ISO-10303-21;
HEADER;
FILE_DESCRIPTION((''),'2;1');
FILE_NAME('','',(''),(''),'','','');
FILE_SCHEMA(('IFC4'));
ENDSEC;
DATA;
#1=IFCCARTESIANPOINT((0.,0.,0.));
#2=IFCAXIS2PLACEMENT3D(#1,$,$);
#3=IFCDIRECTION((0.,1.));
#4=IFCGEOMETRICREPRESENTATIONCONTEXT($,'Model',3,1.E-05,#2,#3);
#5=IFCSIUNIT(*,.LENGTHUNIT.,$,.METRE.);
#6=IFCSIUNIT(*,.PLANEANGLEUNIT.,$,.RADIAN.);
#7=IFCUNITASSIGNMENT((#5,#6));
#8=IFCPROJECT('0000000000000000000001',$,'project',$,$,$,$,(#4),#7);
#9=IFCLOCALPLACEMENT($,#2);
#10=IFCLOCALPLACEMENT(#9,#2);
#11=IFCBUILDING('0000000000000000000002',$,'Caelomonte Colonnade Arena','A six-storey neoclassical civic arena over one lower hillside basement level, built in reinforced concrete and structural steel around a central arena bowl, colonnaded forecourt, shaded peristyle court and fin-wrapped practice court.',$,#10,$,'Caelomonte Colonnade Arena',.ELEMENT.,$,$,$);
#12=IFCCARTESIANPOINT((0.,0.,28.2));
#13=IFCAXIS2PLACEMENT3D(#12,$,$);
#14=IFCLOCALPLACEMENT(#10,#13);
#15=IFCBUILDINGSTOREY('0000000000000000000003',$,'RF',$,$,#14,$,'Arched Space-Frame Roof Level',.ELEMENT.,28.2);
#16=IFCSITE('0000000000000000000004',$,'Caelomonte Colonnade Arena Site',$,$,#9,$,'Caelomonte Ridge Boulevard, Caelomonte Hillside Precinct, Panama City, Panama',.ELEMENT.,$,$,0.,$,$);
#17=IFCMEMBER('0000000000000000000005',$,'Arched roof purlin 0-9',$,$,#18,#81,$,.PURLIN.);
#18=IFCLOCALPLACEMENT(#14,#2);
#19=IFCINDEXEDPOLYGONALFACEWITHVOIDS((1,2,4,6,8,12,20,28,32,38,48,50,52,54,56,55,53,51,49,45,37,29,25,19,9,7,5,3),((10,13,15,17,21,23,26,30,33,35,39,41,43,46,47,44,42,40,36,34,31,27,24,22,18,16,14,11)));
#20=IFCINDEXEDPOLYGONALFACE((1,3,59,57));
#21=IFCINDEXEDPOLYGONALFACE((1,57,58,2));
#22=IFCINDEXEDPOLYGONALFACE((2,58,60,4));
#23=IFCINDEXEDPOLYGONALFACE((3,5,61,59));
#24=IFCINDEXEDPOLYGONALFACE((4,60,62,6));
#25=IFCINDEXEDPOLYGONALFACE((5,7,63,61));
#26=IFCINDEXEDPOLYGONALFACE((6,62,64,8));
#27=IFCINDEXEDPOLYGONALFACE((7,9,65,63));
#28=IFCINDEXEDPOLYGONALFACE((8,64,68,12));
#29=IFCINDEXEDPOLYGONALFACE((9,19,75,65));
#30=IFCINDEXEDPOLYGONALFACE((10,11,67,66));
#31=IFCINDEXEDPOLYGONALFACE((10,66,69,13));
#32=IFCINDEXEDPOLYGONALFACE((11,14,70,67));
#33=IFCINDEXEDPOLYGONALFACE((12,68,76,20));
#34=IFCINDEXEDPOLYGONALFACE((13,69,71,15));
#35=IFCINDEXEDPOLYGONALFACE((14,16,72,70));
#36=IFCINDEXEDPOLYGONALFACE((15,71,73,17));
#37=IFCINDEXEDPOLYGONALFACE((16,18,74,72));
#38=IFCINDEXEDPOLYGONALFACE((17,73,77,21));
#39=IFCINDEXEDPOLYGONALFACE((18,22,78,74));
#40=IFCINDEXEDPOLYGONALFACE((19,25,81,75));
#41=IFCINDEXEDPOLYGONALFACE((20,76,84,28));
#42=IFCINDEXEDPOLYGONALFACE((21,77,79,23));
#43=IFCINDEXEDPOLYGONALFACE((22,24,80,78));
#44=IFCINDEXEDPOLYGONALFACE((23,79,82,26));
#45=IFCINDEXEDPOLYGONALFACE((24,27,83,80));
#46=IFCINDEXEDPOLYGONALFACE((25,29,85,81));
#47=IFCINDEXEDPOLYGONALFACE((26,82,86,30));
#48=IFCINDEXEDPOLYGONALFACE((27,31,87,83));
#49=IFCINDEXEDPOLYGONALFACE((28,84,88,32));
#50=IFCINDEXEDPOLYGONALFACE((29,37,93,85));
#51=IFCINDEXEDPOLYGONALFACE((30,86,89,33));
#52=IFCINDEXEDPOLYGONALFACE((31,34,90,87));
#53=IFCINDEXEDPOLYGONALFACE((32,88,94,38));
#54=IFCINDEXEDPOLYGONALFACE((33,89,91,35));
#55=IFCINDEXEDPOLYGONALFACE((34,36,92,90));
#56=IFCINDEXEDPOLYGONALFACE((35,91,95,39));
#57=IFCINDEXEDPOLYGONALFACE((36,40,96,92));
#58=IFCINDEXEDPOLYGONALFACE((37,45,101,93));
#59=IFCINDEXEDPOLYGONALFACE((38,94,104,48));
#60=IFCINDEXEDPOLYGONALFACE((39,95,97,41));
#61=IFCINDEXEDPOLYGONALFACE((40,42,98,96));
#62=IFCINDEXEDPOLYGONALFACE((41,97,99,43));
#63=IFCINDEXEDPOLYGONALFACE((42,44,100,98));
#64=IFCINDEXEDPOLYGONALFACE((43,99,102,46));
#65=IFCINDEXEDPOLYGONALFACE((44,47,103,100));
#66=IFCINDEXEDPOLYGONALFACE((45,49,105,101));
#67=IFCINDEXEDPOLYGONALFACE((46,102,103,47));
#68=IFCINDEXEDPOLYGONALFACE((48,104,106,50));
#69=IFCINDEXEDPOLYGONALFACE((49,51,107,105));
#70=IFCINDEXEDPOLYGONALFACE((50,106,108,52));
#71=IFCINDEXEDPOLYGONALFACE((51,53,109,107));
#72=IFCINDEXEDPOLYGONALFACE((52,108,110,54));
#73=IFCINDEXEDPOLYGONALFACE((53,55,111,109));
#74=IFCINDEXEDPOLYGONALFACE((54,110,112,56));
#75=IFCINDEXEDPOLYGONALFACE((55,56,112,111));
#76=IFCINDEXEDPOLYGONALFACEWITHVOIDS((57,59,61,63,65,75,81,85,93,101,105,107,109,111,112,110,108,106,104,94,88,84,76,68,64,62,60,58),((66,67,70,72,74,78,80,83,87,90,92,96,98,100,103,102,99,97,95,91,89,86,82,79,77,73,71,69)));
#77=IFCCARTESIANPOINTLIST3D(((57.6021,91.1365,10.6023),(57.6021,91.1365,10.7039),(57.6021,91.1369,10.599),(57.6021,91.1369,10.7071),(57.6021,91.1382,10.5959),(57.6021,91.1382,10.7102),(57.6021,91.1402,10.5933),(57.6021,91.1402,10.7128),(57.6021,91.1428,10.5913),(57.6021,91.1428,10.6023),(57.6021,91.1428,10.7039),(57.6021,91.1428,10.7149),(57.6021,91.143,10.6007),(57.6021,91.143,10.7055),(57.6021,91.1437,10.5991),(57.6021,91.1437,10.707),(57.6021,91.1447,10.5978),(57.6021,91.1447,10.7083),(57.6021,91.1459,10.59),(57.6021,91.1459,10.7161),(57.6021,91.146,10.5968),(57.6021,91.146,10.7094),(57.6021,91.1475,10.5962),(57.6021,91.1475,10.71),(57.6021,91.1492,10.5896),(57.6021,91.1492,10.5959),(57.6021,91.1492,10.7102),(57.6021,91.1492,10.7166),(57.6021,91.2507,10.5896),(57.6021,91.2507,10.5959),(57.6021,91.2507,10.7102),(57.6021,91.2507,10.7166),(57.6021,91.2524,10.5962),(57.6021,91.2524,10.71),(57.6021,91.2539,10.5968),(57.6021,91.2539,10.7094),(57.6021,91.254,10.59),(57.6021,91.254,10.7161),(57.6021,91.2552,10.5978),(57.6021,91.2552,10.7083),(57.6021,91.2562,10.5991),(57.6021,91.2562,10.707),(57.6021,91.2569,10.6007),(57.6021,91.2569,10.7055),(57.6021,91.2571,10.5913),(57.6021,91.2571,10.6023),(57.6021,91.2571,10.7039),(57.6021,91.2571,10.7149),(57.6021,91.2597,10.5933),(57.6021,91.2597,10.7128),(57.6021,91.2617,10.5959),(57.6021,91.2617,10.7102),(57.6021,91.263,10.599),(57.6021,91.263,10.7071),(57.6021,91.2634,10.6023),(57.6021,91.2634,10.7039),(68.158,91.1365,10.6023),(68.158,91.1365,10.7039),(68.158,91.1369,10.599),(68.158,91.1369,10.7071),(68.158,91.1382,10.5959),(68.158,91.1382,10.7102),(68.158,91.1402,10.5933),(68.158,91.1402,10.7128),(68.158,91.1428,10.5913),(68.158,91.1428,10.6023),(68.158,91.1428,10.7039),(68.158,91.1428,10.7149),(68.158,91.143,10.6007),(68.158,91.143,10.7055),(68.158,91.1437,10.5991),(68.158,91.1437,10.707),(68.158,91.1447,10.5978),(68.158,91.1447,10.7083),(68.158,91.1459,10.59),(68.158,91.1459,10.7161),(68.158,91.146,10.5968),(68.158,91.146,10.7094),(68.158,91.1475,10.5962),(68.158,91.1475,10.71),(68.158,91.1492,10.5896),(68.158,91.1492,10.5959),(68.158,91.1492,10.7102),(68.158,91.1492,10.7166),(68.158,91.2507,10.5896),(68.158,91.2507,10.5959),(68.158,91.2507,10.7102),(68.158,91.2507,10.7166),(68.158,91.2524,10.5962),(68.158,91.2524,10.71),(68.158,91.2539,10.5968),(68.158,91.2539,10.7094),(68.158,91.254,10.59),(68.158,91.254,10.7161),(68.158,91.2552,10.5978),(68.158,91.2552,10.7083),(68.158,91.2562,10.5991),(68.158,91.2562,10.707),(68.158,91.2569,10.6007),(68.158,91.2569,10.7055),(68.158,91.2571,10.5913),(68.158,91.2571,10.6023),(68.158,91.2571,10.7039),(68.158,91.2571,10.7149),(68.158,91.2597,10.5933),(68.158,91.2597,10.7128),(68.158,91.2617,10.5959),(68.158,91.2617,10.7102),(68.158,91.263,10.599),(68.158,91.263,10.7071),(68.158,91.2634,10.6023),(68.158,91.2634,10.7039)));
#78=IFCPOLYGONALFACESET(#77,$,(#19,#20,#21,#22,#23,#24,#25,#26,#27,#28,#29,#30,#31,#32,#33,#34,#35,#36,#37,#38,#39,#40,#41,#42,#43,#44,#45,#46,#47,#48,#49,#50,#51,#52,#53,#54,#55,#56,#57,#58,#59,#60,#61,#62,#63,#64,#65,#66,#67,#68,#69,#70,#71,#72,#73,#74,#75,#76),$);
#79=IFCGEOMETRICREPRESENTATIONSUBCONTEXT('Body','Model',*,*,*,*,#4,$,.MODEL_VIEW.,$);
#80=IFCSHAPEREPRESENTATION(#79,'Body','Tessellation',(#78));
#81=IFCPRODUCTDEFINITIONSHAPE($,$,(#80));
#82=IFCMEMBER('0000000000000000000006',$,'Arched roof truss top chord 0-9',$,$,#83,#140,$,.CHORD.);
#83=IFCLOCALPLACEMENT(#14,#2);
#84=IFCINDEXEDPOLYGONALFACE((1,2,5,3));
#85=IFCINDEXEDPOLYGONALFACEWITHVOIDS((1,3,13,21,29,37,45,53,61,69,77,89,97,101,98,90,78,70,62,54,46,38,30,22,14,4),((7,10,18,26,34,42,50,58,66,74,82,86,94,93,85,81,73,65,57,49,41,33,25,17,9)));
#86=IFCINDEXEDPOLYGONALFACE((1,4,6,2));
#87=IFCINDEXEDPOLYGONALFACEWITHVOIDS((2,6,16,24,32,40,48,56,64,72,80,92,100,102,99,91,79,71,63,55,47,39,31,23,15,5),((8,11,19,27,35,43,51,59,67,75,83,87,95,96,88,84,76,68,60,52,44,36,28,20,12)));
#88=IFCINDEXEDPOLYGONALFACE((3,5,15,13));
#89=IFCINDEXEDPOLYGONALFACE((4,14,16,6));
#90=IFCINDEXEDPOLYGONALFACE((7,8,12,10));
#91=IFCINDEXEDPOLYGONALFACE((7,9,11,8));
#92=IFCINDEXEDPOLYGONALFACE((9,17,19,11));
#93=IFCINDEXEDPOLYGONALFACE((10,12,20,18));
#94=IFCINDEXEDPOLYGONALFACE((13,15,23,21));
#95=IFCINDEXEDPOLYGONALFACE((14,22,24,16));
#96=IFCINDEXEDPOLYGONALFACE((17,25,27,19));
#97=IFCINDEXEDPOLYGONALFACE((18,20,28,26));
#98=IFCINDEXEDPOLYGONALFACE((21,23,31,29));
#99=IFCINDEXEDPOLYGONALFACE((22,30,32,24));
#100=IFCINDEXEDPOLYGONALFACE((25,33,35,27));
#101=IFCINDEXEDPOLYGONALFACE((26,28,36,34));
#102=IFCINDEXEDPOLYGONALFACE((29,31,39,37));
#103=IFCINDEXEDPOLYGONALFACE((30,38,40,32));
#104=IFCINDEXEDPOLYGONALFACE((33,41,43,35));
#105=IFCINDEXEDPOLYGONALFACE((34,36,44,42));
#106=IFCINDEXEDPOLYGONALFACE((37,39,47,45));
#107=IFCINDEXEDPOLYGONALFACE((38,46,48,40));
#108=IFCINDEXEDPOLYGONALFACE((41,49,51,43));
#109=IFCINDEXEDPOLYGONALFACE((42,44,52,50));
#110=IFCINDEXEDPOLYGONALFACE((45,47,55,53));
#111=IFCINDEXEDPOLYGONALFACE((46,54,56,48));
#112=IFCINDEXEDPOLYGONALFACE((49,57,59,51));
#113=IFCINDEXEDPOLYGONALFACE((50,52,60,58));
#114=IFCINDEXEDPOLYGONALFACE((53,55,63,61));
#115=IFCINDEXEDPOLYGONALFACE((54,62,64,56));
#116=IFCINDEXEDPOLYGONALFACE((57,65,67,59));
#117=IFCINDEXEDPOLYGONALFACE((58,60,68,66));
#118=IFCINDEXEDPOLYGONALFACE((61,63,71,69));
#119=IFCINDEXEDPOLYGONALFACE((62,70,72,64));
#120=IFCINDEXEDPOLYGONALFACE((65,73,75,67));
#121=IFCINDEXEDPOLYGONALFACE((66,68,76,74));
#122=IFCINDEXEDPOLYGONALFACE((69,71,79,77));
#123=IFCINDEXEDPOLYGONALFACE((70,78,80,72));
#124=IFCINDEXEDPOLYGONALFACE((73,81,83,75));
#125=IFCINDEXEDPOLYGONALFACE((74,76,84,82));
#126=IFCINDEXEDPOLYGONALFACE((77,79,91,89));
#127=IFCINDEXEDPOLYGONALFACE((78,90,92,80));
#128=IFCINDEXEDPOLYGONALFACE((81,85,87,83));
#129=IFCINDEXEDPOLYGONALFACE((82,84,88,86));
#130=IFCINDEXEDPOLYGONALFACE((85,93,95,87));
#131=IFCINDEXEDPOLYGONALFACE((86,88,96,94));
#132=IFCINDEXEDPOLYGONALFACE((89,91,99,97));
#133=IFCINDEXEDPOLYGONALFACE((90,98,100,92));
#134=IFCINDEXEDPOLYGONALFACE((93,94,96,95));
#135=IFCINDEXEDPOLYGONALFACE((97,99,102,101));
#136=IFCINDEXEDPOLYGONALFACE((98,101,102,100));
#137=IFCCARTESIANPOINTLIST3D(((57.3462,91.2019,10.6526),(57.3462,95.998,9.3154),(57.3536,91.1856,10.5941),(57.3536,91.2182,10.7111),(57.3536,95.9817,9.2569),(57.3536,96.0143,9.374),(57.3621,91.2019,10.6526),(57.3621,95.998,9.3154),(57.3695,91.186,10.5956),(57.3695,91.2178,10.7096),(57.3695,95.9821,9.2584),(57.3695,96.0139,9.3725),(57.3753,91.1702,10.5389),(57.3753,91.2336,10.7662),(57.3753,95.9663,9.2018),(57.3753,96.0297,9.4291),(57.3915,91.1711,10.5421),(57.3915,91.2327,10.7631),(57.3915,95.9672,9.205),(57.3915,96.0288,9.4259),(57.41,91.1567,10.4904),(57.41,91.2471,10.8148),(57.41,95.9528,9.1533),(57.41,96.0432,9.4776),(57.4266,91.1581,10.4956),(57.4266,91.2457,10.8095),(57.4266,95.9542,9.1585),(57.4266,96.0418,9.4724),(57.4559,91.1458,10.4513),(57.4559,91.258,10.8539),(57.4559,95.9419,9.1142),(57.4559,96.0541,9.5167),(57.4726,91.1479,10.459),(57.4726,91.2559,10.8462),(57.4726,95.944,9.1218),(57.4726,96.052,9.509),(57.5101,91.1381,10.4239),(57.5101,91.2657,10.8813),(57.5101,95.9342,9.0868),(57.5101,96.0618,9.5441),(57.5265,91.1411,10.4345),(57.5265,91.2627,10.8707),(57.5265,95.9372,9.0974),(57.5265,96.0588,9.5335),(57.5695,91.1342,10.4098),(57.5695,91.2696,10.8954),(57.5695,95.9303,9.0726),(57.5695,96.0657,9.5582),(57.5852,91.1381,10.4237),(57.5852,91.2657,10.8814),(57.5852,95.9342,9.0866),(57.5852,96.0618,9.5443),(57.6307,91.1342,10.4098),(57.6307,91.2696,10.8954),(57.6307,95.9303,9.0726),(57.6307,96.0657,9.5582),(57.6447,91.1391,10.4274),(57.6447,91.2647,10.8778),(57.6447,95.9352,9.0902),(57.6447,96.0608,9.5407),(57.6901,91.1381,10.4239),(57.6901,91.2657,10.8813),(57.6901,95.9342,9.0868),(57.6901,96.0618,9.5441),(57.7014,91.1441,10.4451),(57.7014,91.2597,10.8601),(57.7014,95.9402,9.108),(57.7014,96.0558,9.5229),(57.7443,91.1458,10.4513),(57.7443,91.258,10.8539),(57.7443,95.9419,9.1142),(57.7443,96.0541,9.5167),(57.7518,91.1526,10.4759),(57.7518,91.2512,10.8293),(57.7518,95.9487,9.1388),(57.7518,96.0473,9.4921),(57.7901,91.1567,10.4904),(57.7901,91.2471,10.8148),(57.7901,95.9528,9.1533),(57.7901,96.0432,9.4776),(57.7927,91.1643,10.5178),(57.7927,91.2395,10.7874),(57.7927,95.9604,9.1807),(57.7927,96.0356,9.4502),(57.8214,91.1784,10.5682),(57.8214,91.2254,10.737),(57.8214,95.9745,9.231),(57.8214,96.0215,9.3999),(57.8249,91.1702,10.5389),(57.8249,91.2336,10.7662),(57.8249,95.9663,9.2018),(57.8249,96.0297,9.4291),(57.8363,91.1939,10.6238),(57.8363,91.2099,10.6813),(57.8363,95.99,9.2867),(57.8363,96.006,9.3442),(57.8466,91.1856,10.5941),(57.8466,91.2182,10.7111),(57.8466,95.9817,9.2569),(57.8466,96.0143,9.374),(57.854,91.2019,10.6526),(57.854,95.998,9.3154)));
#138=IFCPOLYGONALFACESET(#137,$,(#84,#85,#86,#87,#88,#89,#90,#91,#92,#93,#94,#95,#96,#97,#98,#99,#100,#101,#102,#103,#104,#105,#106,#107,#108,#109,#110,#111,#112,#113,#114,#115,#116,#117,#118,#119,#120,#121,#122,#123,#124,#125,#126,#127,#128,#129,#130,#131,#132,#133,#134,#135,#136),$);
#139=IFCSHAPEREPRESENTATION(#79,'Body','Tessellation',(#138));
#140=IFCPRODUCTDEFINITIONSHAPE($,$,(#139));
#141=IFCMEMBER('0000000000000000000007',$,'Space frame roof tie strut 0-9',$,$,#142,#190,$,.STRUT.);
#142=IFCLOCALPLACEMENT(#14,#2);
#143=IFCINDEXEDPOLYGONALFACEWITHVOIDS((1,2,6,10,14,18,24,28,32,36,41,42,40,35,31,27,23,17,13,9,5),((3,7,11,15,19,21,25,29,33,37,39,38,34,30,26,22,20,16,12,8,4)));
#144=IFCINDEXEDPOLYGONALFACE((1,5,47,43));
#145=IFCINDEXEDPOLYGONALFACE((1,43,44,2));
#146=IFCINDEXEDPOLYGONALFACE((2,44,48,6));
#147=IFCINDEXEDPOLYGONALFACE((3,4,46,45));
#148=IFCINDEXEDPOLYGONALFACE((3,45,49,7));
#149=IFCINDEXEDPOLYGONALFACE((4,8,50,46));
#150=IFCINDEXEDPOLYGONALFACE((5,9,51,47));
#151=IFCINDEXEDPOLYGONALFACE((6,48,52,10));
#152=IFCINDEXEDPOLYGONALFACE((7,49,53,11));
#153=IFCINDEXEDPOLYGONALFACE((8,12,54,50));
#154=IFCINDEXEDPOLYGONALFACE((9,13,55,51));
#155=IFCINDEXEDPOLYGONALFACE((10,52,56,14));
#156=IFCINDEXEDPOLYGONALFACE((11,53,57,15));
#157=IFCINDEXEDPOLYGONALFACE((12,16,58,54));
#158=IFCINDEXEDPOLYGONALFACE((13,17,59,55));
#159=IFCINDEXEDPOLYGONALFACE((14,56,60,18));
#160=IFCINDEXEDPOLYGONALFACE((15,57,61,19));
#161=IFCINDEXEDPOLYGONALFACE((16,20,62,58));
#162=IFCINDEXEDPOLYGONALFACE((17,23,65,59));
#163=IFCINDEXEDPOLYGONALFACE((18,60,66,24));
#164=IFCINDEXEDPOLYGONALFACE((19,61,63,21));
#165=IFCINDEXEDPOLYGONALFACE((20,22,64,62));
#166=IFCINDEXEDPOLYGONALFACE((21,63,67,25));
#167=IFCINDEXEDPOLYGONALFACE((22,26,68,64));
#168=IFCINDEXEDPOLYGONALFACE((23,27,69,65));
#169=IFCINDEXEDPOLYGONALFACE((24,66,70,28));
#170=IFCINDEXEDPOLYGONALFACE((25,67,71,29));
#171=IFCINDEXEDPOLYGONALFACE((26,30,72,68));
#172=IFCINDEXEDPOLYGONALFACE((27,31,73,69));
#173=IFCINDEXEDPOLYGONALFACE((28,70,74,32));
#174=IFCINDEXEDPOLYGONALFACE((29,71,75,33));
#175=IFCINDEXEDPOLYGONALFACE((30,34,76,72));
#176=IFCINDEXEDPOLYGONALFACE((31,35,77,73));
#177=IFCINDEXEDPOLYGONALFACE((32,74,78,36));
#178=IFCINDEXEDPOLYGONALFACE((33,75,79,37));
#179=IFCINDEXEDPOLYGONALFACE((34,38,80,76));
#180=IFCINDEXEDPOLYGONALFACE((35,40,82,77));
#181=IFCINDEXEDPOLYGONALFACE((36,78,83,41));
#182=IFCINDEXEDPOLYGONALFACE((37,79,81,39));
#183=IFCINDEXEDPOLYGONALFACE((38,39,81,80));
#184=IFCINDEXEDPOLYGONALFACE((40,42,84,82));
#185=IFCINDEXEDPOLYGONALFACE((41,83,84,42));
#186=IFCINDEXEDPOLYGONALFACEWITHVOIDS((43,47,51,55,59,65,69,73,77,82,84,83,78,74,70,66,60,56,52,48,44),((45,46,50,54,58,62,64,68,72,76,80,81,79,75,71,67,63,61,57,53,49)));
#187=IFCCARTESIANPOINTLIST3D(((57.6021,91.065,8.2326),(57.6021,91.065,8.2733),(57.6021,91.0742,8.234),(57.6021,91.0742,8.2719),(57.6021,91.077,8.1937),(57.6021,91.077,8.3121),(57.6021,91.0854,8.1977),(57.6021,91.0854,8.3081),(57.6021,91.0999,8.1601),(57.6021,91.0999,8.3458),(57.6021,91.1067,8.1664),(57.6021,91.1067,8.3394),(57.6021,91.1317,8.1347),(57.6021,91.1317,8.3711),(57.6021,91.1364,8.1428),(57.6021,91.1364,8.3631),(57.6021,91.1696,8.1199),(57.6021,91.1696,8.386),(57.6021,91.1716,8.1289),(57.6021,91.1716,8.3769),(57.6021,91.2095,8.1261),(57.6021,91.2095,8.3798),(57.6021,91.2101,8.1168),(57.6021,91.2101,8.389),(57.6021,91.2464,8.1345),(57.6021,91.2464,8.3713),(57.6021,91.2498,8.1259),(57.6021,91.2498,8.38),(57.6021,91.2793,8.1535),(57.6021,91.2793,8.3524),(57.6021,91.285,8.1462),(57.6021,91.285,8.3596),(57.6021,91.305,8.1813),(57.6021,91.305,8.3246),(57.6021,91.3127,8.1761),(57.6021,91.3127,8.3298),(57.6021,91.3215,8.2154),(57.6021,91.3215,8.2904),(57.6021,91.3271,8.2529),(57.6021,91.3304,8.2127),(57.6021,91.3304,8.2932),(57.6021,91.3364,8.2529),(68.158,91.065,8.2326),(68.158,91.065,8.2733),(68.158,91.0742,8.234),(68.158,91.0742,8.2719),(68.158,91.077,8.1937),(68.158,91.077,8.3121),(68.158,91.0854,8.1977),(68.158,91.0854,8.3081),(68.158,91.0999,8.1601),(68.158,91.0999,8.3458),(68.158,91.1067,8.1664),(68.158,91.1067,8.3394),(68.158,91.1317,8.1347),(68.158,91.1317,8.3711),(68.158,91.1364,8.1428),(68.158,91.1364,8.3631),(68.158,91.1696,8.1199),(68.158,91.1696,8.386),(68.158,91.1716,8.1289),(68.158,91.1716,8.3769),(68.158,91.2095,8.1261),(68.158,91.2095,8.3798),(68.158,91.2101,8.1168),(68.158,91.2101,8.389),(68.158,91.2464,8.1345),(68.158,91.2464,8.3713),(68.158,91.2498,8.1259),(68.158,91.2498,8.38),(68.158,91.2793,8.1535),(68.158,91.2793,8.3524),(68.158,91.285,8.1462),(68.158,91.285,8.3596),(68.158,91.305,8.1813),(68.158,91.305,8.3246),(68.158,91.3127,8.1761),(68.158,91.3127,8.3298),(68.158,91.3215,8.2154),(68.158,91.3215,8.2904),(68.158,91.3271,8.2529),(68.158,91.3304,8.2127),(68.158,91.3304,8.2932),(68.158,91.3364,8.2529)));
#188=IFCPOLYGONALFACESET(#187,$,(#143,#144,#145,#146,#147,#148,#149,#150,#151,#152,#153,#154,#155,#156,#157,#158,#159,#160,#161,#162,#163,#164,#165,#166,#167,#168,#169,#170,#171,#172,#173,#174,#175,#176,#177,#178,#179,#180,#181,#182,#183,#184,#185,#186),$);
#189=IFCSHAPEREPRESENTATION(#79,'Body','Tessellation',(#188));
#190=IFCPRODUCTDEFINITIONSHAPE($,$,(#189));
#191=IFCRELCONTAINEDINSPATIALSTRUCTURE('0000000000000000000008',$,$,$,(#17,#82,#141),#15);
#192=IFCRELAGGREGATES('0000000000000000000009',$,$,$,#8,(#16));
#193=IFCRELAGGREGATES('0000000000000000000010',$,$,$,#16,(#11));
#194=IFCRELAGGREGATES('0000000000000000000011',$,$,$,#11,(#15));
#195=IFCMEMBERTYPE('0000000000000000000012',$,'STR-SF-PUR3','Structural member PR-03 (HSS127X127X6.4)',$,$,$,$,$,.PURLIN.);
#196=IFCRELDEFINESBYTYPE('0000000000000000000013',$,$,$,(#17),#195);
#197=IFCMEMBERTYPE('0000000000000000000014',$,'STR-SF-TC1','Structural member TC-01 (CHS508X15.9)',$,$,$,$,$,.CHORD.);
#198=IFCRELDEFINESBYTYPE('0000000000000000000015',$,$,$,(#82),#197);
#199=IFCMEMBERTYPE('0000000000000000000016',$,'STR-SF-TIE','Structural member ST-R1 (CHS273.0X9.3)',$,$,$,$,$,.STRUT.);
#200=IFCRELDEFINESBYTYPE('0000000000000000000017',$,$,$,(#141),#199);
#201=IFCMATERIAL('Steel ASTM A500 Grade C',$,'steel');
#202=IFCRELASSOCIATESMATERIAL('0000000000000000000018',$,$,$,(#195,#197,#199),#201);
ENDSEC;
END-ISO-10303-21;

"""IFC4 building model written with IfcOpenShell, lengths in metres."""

from ifc_helpers import new_model, si_unit, direction, frame, origin, origin_2d, place, context, subcontext, project, spatial, hollow_rectangle, hollow_circle, extrude, material, material_profile, profile_set, type_object, element, save


model = new_model("IFC4")

# Units and contexts
model_context = context("Model", 3, precision=1e-05, world=origin(), true_north=direction((0.0, 1.0)))
body_context = subcontext(model_context, "Body", "Model", "MODEL_VIEW")
ifc_project = project(units=[si_unit("LENGTHUNIT", "METRE"), si_unit("PLANEANGLEUNIT", "RADIAN")], contexts=[model_context])

# Site, building, storey
site_placement = place(None, origin())
site = spatial("IfcSite", under=ifc_project, at=site_placement, Name="Caelomonte Colonnade Arena Site", LongName="Caelomonte Ridge Boulevard, Caelomonte Hillside Precinct, Panama City, Panama", CompositionType="ELEMENT", RefElevation=0.0)
building_placement = place(site_placement, origin())
building = spatial("IfcBuilding", under=site, at=building_placement, Name="Caelomonte Colonnade Arena", Description="A six-storey neoclassical civic arena over one lower hillside basement level, built in reinforced concrete and structural steel around a central arena bowl, colonnaded forecourt, shaded peristyle court and fin-wrapped practice court.", LongName="Caelomonte Colonnade Arena", CompositionType="ELEMENT")
storey_placement = place(building_placement, frame((0.0, 0.0, 28.2)))
storey = spatial("IfcBuildingStorey", under=building, at=storey_placement, Name="RF", LongName="Arched Space-Frame Roof Level", CompositionType="ELEMENT", Elevation=28.2)

# Members
ifc_material_1 = material(Name="Steel ASTM A500 Grade C", Category="steel")
ifc_material_profile_1 = material_profile(ifc_material_1, hollow_rectangle(XDim=0.127, YDim=0.127, WallThickness=0.0063, InnerFilletRadius=0.0063, OuterFilletRadius=0.0127, at=origin_2d()), Name="HSS127X127X6.4")
ifc_profile_set_1 = profile_set([ifc_material_profile_1], Name="Steel ASTM A500 Grade C")
member_type_1 = type_object("IfcMemberType", Name="STR-SF-PUR3", Description="Structural member PR-03 (HSS127X127X6.4)", PredefinedType="PURLIN", material=ifc_profile_set_1)
member_1_placement = place(storey_placement, frame((57.6021, 91.2, 10.6531), z_axis=(1.0, 0.0, 0.0), x_axis=(0.0, 1.0, 0.0)))
element("IfcMember", 1, at=member_1_placement, inside=storey, type_object=member_type_1, Name="Arched roof purlin 0-9", PredefinedType="PURLIN", context=body_context, shape_type="SweptSolid", body=[
    extrude(hollow_rectangle(XDim=0.127, YDim=0.127, WallThickness=0.0063, InnerFilletRadius=0.0063, OuterFilletRadius=0.0127, at=origin_2d()), origin(), (0.0, 0.0, 1.0), 10.5559),
])
ifc_material_profile_2 = material_profile(ifc_material_1, hollow_circle(Radius=0.2539, WallThickness=0.0159, at=origin_2d()), Name="CHS508X15.9")
ifc_profile_set_2 = profile_set([ifc_material_profile_2], Name="Steel ASTM A500 Grade C")
member_type_2 = type_object("IfcMemberType", Name="STR-SF-TC1", Description="Structural member TC-01 (CHS508X15.9)", PredefinedType="CHORD", material=ifc_profile_set_2)
member_2_placement = place(storey_placement, frame((57.6001, 91.2019, 10.6526), z_axis=(0.0, 0.963264, -0.268557), x_axis=(-1.0, 0.0, 0.0)))
element("IfcMember", 2, at=member_2_placement, inside=storey, type_object=member_type_2, Name="Arched roof truss top chord 0-9", PredefinedType="CHORD", context=body_context, shape_type="SweptSolid", body=[
    extrude(hollow_circle(Radius=0.2539, WallThickness=0.0159, at=origin_2d()), origin(), (0.0, 0.0, 1.0), 4.979),
])
ifc_material_profile_3 = material_profile(ifc_material_1, hollow_circle(Radius=0.1365, WallThickness=0.0093, at=origin_2d()), Name="CHS273.0X9.3")
ifc_profile_set_3 = profile_set([ifc_material_profile_3], Name="Steel ASTM A500 Grade C")
member_type_3 = type_object("IfcMemberType", Name="STR-SF-TIE", Description="Structural member ST-R1 (CHS273.0X9.3)", PredefinedType="STRUT", material=ifc_profile_set_3)
member_3_placement = place(storey_placement, frame((57.6021, 91.2, 8.2529), z_axis=(1.0, 0.0, 0.0), x_axis=(0.0, 1.0, 0.0)))
element("IfcMember", 3, at=member_3_placement, inside=storey, type_object=member_type_3, Name="Space frame roof tie strut 0-9", PredefinedType="STRUT", context=body_context, shape_type="SweptSolid", body=[
    extrude(hollow_circle(Radius=0.1365, WallThickness=0.0093, at=origin_2d()), origin(), (0.0, 0.0, 1.0), 10.5559),
])

save(model, "model.ifc")
